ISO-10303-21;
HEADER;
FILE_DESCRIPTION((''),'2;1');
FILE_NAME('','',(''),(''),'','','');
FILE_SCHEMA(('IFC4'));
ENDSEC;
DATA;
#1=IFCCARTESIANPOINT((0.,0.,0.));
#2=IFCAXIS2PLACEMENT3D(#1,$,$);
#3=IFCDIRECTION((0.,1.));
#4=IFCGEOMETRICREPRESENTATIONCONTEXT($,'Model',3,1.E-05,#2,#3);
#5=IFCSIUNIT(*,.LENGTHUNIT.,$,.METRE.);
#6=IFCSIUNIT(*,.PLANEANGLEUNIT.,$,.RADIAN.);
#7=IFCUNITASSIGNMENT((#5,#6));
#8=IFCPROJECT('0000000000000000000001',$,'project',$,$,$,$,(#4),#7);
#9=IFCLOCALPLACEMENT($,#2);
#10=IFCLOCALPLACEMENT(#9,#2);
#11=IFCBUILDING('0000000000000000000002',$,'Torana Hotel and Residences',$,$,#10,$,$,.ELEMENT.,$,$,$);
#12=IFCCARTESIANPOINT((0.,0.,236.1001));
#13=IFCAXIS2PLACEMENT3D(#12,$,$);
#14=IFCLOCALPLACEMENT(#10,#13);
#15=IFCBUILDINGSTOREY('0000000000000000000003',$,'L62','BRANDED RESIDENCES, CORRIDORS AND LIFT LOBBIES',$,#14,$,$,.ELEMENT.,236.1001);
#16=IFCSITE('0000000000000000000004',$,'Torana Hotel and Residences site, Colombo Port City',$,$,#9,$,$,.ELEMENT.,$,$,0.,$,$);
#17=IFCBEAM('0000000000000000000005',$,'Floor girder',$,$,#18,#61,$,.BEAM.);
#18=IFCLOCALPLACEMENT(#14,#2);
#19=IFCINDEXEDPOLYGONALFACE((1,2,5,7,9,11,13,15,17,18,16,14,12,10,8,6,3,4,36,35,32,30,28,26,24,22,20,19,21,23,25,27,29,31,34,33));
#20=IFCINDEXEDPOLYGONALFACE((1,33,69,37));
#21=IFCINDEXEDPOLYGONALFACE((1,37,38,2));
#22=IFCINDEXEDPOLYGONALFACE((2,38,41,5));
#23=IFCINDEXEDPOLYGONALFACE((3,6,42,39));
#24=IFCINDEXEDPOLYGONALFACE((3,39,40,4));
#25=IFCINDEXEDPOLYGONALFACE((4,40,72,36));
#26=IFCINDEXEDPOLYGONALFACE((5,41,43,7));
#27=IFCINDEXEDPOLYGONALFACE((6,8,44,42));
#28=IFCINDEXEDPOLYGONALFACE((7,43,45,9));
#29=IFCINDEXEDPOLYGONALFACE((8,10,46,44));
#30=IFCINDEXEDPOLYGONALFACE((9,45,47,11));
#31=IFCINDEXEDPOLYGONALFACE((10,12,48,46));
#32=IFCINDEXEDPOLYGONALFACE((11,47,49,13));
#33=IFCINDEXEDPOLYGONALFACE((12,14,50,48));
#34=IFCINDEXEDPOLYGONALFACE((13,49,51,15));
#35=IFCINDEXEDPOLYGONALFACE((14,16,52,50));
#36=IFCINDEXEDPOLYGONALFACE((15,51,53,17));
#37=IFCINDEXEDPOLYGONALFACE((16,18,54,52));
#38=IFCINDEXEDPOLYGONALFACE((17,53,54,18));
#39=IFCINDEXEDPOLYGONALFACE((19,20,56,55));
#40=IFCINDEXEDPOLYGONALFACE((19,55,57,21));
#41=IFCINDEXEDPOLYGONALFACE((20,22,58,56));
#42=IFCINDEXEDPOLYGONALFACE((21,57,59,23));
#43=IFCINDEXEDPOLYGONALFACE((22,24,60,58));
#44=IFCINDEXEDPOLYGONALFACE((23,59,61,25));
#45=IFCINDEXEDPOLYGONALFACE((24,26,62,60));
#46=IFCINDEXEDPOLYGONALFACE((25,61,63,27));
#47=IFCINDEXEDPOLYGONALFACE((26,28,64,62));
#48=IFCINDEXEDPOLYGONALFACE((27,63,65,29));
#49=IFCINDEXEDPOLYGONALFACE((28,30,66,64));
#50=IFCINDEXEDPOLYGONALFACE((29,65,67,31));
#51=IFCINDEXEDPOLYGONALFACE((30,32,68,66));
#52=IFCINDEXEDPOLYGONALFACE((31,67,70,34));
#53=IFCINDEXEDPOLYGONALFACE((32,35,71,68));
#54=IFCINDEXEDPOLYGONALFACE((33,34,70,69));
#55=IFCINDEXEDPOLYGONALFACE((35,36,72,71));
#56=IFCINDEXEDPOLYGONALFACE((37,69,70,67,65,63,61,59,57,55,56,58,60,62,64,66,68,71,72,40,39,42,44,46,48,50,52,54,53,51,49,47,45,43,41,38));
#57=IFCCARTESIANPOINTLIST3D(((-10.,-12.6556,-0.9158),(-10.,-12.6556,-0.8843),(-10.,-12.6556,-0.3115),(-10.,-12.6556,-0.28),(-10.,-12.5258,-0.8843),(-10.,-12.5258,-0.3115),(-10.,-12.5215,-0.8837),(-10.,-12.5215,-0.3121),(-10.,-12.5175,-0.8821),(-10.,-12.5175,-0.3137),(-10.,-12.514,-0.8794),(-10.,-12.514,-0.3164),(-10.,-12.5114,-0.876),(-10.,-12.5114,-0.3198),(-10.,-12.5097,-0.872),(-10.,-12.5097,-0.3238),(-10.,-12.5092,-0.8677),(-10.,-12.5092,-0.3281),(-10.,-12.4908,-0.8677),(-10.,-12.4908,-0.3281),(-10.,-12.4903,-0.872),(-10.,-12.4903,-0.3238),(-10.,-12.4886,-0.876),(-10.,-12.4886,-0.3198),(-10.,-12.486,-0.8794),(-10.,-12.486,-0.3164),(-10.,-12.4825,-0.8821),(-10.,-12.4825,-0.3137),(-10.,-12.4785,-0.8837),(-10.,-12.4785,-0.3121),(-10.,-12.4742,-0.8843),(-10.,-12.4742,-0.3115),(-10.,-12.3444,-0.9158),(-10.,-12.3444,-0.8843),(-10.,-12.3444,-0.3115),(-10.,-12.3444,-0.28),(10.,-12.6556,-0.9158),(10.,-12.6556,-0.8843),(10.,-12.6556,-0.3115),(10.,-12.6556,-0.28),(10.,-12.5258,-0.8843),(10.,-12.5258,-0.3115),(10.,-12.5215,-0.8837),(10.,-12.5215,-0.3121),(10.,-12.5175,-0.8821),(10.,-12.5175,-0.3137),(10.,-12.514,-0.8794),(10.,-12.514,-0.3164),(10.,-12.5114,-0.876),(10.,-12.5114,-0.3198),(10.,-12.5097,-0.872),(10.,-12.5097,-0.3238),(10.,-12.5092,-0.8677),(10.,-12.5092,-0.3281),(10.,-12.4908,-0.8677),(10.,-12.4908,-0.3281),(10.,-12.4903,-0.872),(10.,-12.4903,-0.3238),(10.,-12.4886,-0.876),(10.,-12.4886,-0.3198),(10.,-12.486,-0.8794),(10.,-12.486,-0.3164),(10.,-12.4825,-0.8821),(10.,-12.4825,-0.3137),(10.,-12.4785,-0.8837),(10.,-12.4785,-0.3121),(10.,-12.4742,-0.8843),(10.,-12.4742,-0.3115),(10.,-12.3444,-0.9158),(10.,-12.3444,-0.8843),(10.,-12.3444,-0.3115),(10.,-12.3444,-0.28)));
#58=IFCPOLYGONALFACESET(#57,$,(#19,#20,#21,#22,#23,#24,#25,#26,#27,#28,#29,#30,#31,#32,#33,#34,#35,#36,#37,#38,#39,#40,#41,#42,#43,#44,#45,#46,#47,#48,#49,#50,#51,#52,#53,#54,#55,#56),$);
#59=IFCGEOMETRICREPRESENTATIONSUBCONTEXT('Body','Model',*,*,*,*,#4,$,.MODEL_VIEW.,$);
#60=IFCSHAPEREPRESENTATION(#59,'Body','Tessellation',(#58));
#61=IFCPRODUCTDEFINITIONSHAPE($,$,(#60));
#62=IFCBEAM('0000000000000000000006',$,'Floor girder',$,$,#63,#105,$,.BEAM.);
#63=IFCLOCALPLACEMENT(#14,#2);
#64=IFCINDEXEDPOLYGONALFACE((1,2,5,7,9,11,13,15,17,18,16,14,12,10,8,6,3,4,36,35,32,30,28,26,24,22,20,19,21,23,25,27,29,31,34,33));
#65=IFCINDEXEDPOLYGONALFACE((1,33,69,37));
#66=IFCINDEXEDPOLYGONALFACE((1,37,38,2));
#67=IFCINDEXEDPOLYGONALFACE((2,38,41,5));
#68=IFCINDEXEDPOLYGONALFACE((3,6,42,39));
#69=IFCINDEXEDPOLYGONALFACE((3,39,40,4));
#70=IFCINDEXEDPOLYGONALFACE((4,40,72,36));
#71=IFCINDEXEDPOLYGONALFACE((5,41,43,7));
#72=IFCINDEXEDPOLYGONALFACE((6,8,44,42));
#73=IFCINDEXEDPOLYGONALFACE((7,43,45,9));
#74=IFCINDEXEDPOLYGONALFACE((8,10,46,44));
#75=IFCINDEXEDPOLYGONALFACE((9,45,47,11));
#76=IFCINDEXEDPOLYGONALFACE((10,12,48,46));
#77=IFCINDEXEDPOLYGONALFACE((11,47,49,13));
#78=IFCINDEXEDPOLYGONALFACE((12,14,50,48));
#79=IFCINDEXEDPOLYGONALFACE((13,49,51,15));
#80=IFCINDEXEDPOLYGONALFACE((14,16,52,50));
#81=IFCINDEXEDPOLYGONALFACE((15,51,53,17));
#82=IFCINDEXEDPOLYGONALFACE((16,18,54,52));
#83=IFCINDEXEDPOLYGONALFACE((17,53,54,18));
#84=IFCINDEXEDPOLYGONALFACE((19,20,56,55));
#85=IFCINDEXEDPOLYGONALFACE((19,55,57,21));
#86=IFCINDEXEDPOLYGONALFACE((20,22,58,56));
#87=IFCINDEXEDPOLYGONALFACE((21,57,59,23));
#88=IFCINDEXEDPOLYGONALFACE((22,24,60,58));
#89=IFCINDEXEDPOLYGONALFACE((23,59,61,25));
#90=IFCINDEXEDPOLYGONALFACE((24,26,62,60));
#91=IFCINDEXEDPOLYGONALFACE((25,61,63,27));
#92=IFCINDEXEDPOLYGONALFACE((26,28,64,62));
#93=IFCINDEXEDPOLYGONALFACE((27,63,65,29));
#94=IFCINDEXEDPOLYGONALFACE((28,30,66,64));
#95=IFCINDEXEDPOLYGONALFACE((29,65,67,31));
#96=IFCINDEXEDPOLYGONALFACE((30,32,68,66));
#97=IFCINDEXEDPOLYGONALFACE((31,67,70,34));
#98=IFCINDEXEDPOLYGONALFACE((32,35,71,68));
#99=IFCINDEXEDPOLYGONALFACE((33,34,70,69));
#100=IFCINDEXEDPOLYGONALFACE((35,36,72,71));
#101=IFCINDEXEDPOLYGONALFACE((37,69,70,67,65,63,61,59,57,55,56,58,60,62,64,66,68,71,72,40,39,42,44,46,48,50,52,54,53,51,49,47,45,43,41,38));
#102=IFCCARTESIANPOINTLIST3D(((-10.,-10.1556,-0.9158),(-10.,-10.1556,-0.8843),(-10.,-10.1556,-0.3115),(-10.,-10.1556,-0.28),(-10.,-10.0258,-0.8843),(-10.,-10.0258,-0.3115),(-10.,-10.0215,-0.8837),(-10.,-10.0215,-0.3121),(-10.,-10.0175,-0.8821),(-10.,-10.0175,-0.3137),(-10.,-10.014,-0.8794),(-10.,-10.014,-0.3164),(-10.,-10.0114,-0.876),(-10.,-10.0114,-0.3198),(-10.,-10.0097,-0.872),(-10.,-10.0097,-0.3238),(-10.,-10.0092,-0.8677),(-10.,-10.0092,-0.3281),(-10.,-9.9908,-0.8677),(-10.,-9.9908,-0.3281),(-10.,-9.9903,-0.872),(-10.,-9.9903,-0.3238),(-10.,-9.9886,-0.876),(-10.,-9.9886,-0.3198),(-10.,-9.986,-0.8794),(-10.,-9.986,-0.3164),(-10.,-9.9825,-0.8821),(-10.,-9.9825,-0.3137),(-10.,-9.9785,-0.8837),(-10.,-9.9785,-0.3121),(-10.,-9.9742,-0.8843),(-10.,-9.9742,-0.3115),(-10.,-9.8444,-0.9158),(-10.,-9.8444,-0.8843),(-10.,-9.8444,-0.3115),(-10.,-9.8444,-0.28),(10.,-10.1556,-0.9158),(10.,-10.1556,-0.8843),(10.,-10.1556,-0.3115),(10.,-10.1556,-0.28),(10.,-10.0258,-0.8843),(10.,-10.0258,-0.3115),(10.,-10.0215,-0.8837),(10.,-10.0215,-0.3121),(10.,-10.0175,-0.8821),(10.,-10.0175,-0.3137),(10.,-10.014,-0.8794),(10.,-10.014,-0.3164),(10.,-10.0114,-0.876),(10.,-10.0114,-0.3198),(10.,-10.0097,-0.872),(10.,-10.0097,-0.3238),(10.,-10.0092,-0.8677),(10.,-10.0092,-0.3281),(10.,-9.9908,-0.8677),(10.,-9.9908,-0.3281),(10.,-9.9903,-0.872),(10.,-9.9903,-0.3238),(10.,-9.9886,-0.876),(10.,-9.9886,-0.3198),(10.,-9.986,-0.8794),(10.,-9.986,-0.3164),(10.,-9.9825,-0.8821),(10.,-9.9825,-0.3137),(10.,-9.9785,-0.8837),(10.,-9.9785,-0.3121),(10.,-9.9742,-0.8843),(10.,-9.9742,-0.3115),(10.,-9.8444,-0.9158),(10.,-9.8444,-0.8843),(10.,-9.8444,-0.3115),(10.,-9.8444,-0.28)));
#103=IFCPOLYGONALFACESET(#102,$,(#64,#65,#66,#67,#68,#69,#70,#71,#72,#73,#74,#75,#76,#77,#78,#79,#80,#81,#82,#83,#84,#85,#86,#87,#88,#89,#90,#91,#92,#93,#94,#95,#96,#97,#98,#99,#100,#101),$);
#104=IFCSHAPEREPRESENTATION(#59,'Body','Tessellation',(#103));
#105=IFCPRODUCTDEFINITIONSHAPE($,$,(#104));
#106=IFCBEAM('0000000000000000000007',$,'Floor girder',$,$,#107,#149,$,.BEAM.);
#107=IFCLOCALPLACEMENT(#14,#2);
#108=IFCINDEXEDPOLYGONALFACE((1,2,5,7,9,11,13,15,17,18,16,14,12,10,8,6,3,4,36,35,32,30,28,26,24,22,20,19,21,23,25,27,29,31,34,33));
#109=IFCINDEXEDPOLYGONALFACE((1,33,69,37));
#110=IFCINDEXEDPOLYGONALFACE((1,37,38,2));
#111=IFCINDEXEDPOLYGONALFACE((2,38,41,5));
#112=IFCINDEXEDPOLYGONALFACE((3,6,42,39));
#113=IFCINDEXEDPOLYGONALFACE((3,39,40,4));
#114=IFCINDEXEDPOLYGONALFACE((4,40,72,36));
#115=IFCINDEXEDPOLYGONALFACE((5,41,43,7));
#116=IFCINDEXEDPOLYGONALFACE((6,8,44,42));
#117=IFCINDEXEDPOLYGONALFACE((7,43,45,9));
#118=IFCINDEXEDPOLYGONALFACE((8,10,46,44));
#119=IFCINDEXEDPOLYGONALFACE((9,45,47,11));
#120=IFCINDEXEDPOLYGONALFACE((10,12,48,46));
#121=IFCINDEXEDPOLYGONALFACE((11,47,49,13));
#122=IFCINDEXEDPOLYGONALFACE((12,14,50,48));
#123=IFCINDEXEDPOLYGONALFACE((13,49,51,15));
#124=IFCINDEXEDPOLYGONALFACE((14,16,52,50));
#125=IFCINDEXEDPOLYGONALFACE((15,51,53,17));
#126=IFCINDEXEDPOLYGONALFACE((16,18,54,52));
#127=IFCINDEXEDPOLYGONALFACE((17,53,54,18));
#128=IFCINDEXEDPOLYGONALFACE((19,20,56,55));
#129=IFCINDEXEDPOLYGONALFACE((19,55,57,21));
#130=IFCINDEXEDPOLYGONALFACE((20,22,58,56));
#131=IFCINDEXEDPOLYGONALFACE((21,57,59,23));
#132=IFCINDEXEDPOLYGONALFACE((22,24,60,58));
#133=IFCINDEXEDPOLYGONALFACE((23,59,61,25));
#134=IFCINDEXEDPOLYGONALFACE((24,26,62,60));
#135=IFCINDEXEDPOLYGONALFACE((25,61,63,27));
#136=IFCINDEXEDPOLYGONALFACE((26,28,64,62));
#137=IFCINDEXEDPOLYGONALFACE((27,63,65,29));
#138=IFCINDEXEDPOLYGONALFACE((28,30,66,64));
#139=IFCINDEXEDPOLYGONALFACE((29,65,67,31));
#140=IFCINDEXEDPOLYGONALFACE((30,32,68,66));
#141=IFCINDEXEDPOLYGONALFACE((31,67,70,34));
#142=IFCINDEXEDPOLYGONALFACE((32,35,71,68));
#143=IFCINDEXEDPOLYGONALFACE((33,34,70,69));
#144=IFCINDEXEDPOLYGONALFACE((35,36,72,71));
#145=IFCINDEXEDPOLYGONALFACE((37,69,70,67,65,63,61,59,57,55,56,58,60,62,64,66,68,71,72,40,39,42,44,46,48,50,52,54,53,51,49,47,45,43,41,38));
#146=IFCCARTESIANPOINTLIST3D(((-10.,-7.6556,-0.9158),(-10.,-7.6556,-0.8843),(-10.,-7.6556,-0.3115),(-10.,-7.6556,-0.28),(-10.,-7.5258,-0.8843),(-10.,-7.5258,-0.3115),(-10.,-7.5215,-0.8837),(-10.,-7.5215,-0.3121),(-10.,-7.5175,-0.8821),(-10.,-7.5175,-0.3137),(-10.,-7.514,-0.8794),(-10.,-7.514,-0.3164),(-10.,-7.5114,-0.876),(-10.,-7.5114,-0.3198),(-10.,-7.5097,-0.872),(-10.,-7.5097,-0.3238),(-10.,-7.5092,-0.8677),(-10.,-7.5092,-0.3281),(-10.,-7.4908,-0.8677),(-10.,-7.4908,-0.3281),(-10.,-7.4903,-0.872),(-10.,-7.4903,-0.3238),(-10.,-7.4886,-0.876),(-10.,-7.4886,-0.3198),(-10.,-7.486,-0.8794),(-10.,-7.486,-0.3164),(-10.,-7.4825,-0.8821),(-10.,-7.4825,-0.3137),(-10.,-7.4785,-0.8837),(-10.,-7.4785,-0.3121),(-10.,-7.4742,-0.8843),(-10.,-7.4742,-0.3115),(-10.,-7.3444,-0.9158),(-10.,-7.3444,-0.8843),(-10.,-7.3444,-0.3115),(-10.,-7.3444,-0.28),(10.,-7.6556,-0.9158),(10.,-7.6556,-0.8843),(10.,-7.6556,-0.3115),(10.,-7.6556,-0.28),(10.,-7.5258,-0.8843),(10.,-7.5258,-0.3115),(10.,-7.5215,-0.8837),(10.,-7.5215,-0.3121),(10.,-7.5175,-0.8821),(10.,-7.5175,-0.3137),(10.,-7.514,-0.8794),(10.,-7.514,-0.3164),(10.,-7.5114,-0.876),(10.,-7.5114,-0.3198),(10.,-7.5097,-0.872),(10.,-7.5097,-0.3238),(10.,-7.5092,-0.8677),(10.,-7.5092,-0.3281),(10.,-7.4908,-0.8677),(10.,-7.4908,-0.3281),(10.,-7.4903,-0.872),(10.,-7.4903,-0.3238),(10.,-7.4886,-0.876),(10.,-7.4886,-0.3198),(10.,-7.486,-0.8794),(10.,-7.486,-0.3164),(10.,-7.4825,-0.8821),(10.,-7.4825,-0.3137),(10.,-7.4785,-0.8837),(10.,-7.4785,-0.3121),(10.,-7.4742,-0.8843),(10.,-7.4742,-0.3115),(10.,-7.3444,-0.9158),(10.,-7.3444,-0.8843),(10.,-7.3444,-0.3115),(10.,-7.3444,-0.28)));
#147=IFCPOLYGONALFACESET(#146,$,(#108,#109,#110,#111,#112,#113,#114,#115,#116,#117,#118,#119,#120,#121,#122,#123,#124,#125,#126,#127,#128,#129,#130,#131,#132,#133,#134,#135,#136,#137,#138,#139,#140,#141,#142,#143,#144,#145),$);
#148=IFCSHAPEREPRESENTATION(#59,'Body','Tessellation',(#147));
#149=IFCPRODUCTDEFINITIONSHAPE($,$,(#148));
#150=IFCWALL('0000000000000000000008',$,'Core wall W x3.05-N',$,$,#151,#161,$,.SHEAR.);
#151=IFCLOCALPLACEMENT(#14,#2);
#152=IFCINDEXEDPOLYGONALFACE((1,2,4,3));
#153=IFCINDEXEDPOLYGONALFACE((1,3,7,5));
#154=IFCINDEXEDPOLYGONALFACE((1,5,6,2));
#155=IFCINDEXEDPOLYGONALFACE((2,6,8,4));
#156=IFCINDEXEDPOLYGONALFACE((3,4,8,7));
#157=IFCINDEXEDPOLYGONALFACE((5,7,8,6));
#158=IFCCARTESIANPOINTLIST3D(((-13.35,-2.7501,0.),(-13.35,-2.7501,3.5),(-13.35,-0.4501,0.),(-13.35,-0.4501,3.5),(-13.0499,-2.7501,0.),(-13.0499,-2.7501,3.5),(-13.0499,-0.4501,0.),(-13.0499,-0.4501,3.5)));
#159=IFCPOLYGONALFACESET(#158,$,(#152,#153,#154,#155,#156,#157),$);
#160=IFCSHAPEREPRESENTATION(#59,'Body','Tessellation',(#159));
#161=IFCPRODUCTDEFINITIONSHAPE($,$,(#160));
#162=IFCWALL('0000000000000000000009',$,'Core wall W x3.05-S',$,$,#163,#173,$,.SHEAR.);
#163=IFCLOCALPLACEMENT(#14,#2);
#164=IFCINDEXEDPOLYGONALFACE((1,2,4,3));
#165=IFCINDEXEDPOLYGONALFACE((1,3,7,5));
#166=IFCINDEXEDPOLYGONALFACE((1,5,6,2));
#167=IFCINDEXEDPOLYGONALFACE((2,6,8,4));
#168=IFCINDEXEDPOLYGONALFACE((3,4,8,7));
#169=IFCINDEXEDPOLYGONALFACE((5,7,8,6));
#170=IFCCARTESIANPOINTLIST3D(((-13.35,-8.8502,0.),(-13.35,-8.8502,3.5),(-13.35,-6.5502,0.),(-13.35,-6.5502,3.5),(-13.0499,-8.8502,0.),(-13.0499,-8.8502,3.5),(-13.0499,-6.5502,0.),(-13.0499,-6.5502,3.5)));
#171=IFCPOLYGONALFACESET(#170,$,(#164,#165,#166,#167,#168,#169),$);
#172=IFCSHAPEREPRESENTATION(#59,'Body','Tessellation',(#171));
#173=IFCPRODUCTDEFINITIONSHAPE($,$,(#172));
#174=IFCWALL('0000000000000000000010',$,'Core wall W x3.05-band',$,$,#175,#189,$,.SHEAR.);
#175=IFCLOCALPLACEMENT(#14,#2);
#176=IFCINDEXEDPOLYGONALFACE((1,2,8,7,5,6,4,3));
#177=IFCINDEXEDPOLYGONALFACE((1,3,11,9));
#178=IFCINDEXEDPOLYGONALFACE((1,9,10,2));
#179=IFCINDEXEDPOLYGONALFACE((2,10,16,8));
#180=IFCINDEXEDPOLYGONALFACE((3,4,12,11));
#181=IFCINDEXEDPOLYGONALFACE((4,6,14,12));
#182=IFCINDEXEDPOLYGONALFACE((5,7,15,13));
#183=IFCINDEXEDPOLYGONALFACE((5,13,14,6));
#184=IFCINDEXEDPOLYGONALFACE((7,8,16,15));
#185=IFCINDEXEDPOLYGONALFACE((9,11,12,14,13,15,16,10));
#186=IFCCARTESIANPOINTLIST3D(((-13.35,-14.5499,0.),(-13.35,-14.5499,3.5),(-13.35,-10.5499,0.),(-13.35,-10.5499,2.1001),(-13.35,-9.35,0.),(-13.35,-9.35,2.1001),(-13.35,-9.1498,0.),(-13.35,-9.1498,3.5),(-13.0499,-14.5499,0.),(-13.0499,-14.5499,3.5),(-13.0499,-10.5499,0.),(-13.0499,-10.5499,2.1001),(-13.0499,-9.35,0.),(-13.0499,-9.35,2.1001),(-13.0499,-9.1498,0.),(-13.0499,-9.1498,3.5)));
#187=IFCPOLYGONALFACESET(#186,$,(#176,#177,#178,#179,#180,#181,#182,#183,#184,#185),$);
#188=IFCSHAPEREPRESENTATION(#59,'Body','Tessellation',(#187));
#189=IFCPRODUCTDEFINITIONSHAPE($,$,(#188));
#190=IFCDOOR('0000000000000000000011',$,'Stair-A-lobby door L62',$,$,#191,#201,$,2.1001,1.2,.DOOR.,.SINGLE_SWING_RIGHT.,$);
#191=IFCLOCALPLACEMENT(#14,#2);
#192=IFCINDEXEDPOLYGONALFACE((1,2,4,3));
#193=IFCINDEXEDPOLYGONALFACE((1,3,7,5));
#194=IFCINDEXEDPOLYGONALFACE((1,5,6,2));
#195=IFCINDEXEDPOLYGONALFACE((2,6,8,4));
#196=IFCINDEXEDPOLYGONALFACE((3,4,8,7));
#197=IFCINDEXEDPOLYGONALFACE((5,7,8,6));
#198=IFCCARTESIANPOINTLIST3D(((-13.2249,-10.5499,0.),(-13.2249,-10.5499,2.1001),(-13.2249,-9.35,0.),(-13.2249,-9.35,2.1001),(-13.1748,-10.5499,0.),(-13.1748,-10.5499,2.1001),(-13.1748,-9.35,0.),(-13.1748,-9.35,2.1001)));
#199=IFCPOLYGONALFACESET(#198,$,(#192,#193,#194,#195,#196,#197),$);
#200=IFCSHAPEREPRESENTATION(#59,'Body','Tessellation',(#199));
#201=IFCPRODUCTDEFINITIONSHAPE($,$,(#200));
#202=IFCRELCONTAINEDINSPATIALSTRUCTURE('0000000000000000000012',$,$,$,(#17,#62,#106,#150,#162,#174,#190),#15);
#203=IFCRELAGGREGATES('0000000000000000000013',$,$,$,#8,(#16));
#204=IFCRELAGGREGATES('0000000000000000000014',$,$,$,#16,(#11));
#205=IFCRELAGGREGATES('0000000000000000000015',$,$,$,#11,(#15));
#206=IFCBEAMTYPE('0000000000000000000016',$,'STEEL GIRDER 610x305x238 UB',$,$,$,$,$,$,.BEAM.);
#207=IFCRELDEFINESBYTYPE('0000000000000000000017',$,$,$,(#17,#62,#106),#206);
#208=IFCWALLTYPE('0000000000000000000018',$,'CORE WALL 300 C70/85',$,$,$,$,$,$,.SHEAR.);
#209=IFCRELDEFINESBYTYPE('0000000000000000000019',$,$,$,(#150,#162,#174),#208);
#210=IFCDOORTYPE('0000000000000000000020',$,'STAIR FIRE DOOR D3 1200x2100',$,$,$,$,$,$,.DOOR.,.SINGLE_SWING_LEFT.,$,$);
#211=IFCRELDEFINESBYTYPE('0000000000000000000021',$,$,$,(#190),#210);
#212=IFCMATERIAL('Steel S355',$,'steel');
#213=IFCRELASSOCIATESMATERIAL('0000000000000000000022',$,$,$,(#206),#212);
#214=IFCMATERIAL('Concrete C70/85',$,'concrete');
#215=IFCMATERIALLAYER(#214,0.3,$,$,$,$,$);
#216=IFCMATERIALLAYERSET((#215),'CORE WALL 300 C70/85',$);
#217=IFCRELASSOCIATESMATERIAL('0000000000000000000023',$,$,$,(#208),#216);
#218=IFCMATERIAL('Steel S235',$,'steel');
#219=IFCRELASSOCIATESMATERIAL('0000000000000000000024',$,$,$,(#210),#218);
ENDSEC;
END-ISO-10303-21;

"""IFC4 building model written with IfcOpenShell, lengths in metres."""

from ifc_helpers import new_model, si_unit, direction, frame, frame_2d, origin, origin_2d, place, context, subcontext, project, spatial, rectangle, i_section, extrude, material, layer, layer_set, material_profile, profile_set, type_object, element, fill, save


model = new_model("IFC4")

# Units and contexts
model_context = context("Model", 3, precision=1e-05, world=origin(), true_north=direction((0.0, 1.0)))
body_context = subcontext(model_context, "Body", "Model", "MODEL_VIEW")
ifc_project = project(units=[si_unit("LENGTHUNIT", "METRE"), si_unit("PLANEANGLEUNIT", "RADIAN")], contexts=[model_context])

# Site, building, storey
site_placement = place(None, origin())
site = spatial("IfcSite", under=ifc_project, at=site_placement, Name="Torana Hotel and Residences site, Colombo Port City", CompositionType="ELEMENT", RefElevation=0.0)
building_placement = place(site_placement, origin())
building = spatial("IfcBuilding", under=site, at=building_placement, Name="Torana Hotel and Residences", CompositionType="ELEMENT")
storey_placement = place(building_placement, frame((0.0, 0.0, 236.1001)))
storey = spatial("IfcBuildingStorey", under=building, at=storey_placement, Name="L62", Description="BRANDED RESIDENCES, CORRIDORS AND LIFT LOBBIES", CompositionType="ELEMENT", Elevation=236.1001)

# Beams
ifc_material_1 = material(Name="Steel S355", Category="steel")
ifc_material_profile = material_profile(ifc_material_1, i_section(OverallWidth=0.3113, OverallDepth=0.6357, WebThickness=0.0183, FlangeThickness=0.0315, FilletRadius=0.0166, at=origin_2d()), Name="610x305x238 UB")
ifc_profile_set = profile_set([ifc_material_profile], Name="Steel S355")
beam_type = type_object("IfcBeamType", Name="STEEL GIRDER 610x305x238 UB", PredefinedType="BEAM", material=ifc_profile_set)
for number, where, z_axis, x_axis, name in (
    (1, (-10.0, -12.5, -0.5979), (1.0, 0.0, 0.0), (0.0, 1.0, 0.0), "Floor girder"),
    (2, (-10.0, -10.0, -0.5979), (1.0, 0.0, 0.0), (0.0, 1.0, 0.0), "Floor girder"),
    (3, (-10.0, -7.5, -0.5979), (1.0, 0.0, 0.0), (0.0, 1.0, 0.0), "Floor girder"),
):
    element("IfcBeam", number, at=place(storey_placement, frame(where, z_axis=z_axis, x_axis=x_axis)), inside=storey, type_object=beam_type, Name=name, PredefinedType="BEAM", context=body_context, shape_type="SweptSolid", body=[
        extrude(i_section(OverallWidth=0.3113, OverallDepth=0.6357, WebThickness=0.0183, FlangeThickness=0.0315, FilletRadius=0.0166, at=origin_2d()), origin(), (0.0, 0.0, 1.0), 20.0),
    ])

# Walls
ifc_material_2 = material(Name="Concrete C70/85", Category="concrete")
ifc_layer_1 = layer(ifc_material_2, 0.3)
ifc_layer_set_1 = layer_set([ifc_layer_1], Name="CORE WALL 300 C70/85")
wall_type_1 = type_object("IfcWallType", Name="CORE WALL 300 C70/85", PredefinedType="SHEAR", material=ifc_layer_set_1)
for number, where, z_axis, x_axis, name in (
    (4, (-13.2, -2.75, 0.0), (0.0, 0.0, 1.0), (0.0, 1.0, 0.0), "Core wall W x3.05-N"),
    (5, (-13.2, -8.8501, 0.0), (0.0, 0.0, 1.0), (0.0, 1.0, 0.0), "Core wall W x3.05-S"),
):
    element("IfcWall", number, at=place(storey_placement, frame(where, z_axis=z_axis, x_axis=x_axis)), inside=storey, type_object=wall_type_1, Name=name, PredefinedType="SHEAR", context=body_context, shape_type="SweptSolid", body=[
        extrude(rectangle(XDim=2.3, YDim=0.3, at=frame_2d((1.1499, 0.0))), origin(), (0.0, 0.0, 1.0), 3.5),
    ])

# Wall, opening, door
wall_1_placement = place(storey_placement, frame((-13.2, -14.55, 0.0), z_axis=(0.0, 0.0, 1.0), x_axis=(0.0, 1.0, 0.0)))
wall_1 = element("IfcWall", 6, at=wall_1_placement, inside=storey, type_object=wall_type_1, Name="Core wall W x3.05-band", PredefinedType="SHEAR", context=body_context, shape_type="SweptSolid", body=[
    extrude(rectangle(XDim=5.4001, YDim=0.3, at=frame_2d((2.7002, 0.0))), origin(), (0.0, 0.0, 1.0), 3.5),
])
opening_1_placement = place(wall_1_placement, frame((4.0, 0.0, 0.0)))
opening_1 = element("IfcOpeningElement", 7, at=opening_1_placement, cuts=wall_1, PredefinedType="OPENING", context=body_context, shape_type="SweptSolid", body=[
    extrude(rectangle(XDim=1.2, YDim=2.1001, at=frame_2d((0.6001, 1.05))), frame((0.0, 0.1599, 0.0), z_axis=(0.0, -1.0, 0.0), x_axis=(1.0, 0.0, 0.0)), (0.0, 0.0, 1.0), 0.3201),
])
ifc_material_3 = material(Name="Steel S235", Category="steel")
door_type_1 = type_object("IfcDoorType", Name="STAIR FIRE DOOR D3 1200x2100", OperationType="SINGLE_SWING_LEFT", PredefinedType="DOOR", material=ifc_material_3)
door_1_placement = place(opening_1_placement, frame((0.6001, 0.0, 0.0), z_axis=(0.0, 0.0, 1.0), x_axis=(-1.0, 0.0, 0.0)))
door_1 = element("IfcDoor", 8, at=door_1_placement, inside=storey, type_object=door_type_1, Name="Stair-A-lobby door L62", OperationType="SINGLE_SWING_RIGHT", OverallHeight=2.1001, OverallWidth=1.2, PredefinedType="DOOR", context=body_context, shape_type="SweptSolid", body=[
    extrude(rectangle(XDim=1.2, YDim=2.1001, at=frame_2d((0.0, 1.05))), frame((0.0, -0.0249, 0.0), z_axis=(0.0, 1.0, 0.0), x_axis=(-1.0, 0.0, 0.0)), (0.0, 0.0, 1.0), 0.05),
])
fill(opening_1, door_1)

save(model, "model.ifc")
